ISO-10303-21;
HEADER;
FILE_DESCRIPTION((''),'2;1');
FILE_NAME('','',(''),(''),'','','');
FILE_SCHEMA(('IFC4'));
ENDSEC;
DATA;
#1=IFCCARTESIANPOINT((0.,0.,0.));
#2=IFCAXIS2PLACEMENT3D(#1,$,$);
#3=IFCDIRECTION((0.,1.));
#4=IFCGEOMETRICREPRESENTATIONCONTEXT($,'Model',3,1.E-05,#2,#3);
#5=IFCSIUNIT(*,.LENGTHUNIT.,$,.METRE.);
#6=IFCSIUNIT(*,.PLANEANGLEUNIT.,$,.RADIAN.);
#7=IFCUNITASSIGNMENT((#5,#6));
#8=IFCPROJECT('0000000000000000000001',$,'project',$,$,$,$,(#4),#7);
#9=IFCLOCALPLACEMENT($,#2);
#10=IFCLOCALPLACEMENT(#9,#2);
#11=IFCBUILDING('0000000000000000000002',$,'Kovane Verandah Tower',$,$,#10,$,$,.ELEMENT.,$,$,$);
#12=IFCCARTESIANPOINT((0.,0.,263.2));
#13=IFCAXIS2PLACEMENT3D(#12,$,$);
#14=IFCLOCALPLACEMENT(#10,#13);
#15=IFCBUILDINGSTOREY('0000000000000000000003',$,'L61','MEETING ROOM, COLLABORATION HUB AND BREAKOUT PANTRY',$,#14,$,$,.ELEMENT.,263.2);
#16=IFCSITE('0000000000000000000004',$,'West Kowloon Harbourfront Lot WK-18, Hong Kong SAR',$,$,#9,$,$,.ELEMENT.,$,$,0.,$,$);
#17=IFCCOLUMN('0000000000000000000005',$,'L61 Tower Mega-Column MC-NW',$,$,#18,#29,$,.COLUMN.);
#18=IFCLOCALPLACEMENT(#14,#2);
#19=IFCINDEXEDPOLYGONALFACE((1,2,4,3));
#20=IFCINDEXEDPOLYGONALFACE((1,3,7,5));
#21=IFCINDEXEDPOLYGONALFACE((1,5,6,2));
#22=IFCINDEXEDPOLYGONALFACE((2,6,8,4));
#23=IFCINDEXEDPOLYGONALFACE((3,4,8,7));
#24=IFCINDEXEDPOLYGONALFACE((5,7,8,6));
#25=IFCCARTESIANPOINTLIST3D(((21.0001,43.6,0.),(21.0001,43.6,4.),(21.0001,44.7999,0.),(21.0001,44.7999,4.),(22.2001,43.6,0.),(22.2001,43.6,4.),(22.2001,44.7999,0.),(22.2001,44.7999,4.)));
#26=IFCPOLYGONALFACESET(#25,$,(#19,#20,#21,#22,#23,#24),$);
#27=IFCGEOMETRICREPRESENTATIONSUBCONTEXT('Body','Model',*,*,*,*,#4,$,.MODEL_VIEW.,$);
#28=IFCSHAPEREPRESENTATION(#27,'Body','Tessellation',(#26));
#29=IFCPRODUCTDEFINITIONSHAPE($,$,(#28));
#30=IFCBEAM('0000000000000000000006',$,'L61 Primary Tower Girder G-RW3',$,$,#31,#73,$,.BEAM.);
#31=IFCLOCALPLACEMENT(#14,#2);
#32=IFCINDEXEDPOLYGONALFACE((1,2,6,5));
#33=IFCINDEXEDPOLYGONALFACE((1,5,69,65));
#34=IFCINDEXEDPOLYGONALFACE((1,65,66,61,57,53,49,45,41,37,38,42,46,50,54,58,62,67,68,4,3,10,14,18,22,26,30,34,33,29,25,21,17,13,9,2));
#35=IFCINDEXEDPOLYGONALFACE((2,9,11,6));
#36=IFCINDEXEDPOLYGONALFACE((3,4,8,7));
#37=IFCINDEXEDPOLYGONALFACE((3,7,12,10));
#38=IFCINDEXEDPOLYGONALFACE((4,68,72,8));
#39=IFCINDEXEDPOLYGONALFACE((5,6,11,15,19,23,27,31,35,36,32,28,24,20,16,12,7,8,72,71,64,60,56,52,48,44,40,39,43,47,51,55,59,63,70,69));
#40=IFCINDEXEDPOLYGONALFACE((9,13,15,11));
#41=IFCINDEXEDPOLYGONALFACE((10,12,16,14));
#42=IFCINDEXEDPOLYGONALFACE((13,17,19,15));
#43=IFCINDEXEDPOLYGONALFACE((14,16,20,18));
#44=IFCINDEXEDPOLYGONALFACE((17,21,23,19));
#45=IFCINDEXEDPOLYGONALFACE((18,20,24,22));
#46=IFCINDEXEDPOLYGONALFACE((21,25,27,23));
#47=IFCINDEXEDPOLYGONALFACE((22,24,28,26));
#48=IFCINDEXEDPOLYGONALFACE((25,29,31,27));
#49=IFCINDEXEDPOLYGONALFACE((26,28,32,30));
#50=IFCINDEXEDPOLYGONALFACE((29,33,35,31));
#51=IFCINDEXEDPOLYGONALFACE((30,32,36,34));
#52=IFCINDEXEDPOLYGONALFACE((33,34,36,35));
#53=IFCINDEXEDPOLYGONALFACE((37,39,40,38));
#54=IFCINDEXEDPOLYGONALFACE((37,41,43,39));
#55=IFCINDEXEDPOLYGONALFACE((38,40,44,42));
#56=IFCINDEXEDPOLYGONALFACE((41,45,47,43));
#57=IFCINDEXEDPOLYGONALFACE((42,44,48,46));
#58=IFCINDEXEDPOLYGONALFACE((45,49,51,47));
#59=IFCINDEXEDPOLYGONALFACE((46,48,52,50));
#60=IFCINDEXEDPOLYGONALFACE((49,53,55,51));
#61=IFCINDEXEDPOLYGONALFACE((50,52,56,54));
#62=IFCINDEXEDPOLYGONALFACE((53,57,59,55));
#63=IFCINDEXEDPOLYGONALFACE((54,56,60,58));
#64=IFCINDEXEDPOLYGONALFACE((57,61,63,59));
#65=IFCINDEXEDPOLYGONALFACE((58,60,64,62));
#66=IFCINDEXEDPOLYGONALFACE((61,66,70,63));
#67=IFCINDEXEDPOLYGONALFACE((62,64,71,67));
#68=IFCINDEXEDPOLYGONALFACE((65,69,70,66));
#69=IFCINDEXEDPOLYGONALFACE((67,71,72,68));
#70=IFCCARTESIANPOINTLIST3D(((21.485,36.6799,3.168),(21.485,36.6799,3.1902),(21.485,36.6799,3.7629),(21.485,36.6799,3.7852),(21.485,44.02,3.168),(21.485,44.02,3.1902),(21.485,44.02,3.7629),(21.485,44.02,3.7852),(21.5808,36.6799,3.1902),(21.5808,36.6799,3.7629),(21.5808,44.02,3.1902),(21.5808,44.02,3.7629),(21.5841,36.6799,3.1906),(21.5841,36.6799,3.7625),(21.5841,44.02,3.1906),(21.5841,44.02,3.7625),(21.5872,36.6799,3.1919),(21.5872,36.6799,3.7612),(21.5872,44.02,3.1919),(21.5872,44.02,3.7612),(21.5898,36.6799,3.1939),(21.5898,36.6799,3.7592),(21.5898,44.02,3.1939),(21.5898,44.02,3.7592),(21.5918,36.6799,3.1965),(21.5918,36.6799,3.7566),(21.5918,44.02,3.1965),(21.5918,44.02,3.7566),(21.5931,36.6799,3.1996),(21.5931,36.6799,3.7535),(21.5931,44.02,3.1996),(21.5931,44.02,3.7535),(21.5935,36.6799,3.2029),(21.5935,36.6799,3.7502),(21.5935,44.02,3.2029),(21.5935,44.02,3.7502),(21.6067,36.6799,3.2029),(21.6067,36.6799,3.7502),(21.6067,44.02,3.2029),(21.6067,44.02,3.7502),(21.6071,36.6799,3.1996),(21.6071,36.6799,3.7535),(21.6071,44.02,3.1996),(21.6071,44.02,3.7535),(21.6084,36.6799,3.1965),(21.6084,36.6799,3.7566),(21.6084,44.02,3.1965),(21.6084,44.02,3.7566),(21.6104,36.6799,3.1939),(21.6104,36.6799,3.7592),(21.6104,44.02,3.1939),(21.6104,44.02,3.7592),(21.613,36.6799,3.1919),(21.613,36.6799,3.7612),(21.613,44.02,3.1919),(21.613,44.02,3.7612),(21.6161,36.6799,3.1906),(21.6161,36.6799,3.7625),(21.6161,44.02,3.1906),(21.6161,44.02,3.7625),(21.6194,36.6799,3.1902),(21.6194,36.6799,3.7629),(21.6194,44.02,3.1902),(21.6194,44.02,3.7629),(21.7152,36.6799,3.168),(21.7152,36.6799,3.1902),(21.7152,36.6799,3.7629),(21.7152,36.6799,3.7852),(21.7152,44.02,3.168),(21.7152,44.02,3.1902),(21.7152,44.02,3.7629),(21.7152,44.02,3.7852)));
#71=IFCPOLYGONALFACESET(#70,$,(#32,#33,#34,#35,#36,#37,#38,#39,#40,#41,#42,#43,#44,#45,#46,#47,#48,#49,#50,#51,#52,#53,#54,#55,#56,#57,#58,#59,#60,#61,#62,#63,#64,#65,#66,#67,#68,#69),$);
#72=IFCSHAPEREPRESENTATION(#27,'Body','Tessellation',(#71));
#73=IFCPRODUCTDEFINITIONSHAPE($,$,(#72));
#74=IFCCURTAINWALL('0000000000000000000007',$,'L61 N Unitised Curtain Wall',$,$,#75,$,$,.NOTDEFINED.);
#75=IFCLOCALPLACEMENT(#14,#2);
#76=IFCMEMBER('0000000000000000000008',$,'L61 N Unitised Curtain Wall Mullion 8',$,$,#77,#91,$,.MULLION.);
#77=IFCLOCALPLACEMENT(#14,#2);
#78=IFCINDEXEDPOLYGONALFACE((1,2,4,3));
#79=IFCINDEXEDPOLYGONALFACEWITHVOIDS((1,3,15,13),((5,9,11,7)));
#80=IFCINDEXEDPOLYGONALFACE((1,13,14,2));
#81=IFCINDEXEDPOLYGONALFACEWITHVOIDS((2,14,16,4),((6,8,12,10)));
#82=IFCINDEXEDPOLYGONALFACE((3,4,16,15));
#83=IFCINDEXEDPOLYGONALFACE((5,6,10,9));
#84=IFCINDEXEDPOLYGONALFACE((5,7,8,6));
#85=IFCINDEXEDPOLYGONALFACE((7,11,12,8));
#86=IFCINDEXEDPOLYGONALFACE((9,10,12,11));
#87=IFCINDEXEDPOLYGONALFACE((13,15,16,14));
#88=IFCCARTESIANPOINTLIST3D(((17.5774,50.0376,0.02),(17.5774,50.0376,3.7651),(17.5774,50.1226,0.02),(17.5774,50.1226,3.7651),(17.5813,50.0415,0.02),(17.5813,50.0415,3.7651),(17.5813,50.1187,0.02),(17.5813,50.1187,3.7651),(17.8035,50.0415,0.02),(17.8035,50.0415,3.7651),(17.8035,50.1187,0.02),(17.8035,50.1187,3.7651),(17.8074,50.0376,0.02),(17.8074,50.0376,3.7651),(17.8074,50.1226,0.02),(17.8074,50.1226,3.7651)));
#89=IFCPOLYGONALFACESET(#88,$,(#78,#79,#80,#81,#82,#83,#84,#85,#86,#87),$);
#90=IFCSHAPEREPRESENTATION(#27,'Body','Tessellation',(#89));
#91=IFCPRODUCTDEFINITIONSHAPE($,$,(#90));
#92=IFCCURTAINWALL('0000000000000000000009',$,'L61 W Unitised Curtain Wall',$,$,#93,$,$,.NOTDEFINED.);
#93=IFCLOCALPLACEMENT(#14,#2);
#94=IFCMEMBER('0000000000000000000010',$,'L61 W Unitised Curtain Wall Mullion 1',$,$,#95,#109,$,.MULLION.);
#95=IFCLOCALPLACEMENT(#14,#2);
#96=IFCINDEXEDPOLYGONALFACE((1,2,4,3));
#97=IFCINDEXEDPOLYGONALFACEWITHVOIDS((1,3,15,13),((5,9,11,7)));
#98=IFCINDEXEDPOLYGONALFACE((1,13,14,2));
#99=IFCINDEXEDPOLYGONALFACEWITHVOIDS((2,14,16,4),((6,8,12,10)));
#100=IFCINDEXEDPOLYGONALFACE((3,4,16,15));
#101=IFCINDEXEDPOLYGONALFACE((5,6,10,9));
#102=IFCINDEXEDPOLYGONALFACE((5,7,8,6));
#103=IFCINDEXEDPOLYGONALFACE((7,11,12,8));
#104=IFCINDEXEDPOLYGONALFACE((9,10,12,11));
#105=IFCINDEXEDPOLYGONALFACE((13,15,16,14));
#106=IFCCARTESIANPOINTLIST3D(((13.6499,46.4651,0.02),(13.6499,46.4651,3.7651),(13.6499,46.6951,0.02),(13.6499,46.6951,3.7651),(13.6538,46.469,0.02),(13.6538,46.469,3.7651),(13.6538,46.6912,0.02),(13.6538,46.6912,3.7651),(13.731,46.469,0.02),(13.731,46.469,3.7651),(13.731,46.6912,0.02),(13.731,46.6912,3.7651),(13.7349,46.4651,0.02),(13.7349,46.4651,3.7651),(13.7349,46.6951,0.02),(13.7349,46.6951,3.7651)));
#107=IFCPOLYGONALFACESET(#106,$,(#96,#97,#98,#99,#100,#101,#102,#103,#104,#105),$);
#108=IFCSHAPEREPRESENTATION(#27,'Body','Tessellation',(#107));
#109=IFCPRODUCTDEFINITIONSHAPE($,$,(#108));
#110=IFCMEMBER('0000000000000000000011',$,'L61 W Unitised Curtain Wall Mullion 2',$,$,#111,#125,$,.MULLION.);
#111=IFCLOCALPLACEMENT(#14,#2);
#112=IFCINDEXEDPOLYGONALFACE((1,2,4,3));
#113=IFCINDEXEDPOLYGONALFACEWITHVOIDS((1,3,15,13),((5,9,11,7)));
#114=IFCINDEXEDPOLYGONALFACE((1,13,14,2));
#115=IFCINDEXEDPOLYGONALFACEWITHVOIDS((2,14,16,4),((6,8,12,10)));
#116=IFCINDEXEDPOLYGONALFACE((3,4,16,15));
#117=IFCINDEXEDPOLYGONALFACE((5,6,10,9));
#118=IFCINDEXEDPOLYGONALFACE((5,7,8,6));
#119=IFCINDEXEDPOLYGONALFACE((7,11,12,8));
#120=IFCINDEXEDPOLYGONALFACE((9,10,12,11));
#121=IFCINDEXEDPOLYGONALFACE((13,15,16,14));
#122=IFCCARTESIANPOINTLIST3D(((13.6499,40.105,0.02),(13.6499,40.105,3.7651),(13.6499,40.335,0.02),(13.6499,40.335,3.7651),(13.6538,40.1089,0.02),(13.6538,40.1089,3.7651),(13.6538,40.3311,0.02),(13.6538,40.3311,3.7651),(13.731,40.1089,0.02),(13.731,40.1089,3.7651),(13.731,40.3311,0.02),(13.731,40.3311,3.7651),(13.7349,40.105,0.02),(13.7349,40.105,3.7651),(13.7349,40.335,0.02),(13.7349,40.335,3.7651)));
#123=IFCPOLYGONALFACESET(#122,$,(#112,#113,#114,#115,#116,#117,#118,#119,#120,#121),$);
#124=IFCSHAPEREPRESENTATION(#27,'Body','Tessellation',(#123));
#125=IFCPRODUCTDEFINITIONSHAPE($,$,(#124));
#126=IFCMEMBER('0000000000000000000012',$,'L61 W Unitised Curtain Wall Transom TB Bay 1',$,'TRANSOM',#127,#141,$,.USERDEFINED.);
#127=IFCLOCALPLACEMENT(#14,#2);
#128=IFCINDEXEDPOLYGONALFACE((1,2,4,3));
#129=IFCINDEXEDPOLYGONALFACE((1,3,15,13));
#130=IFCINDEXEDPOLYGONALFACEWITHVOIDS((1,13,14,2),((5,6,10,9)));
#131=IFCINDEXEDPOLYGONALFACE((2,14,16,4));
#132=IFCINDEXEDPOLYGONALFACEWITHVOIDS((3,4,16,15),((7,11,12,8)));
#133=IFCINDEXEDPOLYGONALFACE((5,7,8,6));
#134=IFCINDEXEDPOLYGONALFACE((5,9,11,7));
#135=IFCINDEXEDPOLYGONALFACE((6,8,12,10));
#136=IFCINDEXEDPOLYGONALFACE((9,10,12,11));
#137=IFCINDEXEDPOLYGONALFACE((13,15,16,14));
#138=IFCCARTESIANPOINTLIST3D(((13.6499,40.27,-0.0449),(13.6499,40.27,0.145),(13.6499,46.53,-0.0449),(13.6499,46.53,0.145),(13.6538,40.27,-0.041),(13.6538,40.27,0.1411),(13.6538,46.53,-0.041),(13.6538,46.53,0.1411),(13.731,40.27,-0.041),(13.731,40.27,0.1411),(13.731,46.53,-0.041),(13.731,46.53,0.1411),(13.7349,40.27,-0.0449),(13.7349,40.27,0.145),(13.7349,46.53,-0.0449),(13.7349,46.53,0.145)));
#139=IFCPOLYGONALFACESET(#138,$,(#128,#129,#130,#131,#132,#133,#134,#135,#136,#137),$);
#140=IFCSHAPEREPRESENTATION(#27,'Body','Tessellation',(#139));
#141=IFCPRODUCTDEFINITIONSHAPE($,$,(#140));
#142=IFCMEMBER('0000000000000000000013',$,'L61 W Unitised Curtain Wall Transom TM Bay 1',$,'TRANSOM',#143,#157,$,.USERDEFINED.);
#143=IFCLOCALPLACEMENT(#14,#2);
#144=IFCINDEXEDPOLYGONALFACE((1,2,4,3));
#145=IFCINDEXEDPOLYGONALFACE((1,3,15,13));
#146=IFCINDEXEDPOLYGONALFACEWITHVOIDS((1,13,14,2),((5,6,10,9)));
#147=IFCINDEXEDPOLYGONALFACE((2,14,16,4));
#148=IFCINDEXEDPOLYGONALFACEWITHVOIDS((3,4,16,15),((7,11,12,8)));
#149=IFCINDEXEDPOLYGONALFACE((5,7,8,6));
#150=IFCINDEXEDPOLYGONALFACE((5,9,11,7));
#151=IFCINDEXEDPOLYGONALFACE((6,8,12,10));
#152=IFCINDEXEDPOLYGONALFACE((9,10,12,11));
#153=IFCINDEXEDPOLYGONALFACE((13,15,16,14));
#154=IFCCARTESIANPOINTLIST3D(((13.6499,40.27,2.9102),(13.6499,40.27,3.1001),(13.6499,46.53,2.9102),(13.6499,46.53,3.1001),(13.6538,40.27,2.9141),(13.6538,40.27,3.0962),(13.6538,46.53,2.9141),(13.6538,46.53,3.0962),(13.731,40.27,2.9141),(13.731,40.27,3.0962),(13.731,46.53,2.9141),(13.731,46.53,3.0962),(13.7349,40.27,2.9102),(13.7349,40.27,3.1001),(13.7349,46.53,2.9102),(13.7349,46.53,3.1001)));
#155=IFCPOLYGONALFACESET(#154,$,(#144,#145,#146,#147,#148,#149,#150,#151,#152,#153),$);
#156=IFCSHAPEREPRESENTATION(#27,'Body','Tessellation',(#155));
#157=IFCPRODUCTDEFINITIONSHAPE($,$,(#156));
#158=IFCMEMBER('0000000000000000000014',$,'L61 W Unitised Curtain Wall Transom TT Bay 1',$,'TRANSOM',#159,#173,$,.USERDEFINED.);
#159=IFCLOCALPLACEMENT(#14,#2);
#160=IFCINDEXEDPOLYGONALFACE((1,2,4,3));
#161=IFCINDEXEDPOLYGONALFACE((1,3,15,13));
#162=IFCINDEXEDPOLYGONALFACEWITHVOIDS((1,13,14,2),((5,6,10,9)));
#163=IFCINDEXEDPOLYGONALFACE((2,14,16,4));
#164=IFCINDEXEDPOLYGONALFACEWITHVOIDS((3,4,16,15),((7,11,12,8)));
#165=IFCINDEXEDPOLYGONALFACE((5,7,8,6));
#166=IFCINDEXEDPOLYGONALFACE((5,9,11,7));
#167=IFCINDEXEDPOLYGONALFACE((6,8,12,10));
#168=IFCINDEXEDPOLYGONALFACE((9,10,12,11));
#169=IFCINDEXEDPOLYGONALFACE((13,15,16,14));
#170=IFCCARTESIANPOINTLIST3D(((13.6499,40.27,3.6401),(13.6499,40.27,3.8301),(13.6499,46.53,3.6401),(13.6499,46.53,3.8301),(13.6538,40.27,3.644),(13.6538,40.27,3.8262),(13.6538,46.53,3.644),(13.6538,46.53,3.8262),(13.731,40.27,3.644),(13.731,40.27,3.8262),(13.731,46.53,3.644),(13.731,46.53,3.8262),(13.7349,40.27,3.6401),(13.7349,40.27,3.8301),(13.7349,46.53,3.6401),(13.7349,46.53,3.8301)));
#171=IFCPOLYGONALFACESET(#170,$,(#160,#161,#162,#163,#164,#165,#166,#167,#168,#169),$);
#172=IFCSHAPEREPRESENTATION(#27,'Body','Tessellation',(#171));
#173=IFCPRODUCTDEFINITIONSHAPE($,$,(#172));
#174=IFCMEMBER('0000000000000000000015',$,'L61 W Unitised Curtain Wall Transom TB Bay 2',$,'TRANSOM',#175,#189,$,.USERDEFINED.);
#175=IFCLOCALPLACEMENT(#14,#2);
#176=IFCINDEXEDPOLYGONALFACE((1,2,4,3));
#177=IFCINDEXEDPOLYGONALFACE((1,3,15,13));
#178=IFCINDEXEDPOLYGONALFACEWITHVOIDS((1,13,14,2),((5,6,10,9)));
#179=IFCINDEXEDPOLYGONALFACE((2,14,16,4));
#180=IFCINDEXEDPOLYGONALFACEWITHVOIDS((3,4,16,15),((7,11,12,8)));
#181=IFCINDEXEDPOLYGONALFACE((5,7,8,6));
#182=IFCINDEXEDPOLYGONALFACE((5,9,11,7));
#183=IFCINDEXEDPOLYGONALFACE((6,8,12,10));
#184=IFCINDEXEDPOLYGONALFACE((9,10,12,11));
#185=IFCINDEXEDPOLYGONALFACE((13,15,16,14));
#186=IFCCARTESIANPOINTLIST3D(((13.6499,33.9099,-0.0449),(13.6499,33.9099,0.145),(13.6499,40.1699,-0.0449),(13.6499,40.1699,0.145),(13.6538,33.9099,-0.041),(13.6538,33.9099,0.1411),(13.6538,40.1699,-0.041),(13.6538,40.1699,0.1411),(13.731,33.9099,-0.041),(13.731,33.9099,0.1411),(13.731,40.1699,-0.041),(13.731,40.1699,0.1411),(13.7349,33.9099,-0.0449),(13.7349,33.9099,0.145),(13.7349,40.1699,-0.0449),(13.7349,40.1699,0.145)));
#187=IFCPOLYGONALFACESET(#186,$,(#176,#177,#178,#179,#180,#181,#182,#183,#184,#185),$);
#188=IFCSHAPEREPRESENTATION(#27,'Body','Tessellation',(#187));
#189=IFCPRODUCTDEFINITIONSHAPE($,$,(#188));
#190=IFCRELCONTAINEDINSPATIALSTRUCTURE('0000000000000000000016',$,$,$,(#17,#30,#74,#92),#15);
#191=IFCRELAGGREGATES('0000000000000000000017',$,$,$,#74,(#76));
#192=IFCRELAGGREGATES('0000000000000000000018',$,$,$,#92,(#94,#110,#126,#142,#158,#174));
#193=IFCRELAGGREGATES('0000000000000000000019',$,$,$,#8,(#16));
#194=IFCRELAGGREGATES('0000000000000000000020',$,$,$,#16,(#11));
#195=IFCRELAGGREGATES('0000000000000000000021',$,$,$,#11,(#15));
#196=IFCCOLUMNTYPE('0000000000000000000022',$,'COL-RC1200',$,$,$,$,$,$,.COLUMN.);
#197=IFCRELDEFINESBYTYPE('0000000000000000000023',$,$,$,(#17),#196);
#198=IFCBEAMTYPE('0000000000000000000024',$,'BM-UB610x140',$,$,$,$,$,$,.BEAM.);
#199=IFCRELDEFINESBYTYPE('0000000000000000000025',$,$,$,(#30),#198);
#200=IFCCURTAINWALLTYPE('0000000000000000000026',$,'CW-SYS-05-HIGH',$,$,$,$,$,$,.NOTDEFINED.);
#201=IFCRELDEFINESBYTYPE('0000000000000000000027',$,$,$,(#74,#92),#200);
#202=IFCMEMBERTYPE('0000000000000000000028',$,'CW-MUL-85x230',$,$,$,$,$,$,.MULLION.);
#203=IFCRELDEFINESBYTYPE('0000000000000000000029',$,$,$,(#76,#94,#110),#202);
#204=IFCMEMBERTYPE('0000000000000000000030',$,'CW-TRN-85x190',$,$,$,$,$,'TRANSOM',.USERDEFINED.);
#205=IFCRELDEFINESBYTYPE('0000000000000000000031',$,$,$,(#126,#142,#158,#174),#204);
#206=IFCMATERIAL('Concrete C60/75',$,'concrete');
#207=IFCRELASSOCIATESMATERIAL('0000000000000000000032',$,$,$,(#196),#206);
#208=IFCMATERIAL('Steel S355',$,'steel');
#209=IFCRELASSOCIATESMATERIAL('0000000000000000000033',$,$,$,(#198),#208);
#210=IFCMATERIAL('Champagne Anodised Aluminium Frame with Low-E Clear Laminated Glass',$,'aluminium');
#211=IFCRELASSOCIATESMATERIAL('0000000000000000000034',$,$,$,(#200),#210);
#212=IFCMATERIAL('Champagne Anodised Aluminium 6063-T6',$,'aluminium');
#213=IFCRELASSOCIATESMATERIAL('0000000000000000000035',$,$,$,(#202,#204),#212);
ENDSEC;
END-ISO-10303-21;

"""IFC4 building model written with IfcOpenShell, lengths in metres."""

from ifc_helpers import new_model, si_unit, direction, frame, origin, origin_2d, place, context, subcontext, project, spatial, rectangle, hollow_rectangle, i_section, extrude, material, material_profile, profile_set, type_object, element, aggregate, save


model = new_model("IFC4")

# Units and contexts
model_context = context("Model", 3, precision=1e-05, world=origin(), true_north=direction((0.0, 1.0)))
body_context = subcontext(model_context, "Body", "Model", "MODEL_VIEW")
ifc_project = project(units=[si_unit("LENGTHUNIT", "METRE"), si_unit("PLANEANGLEUNIT", "RADIAN")], contexts=[model_context])

# Site, building, storey
site_placement = place(None, origin())
site = spatial("IfcSite", under=ifc_project, at=site_placement, Name="West Kowloon Harbourfront Lot WK-18, Hong Kong SAR", CompositionType="ELEMENT", RefElevation=0.0)
building_placement = place(site_placement, origin())
building = spatial("IfcBuilding", under=site, at=building_placement, Name="Kovane Verandah Tower", CompositionType="ELEMENT")
storey_placement = place(building_placement, frame((0.0, 0.0, 263.2)))
storey = spatial("IfcBuildingStorey", under=building, at=storey_placement, Name="L61", Description="MEETING ROOM, COLLABORATION HUB AND BREAKOUT PANTRY", CompositionType="ELEMENT", Elevation=263.2)

# Column
ifc_material_1 = material(Name="Concrete C60/75", Category="concrete")
ifc_material_profile_1 = material_profile(ifc_material_1, rectangle(XDim=1.2, YDim=1.2, at=origin_2d()), Name="RC1200x1200")
ifc_profile_set_1 = profile_set([ifc_material_profile_1], Name="Concrete C60/75")
column_type = type_object("IfcColumnType", Name="COL-RC1200", PredefinedType="COLUMN", material=ifc_profile_set_1)
column_placement = place(storey_placement, frame((21.6001, 44.2, 0.0), z_axis=(0.0, 0.0, 1.0), x_axis=(1.0, 0.0, 0.0)))
element("IfcColumn", 1, at=column_placement, inside=storey, type_object=column_type, Name="L61 Tower Mega-Column MC-NW", PredefinedType="COLUMN", context=body_context, shape_type="SweptSolid", body=[
    extrude(rectangle(XDim=1.2, YDim=1.2, at=origin_2d()), origin(), (0.0, 0.0, 1.0), 4.0),
])

# Beam
ifc_material_2 = material(Name="Steel S355", Category="steel")
ifc_material_profile_2 = material_profile(ifc_material_2, i_section(OverallWidth=0.2302, OverallDepth=0.6172, WebThickness=0.0132, FlangeThickness=0.0222, FilletRadius=0.0127, at=origin_2d()), Name="UB610x229x140")
ifc_profile_set_2 = profile_set([ifc_material_profile_2], Name="Steel S355")
beam_type = type_object("IfcBeamType", Name="BM-UB610x140", PredefinedType="BEAM", material=ifc_profile_set_2)
beam_placement = place(storey_placement, frame((21.6001, 36.6799, 3.4766), z_axis=(0.0, 1.0, 0.0), x_axis=(-1.0, 0.0, 0.0)))
element("IfcBeam", 2, at=beam_placement, inside=storey, type_object=beam_type, Name="L61 Primary Tower Girder G-RW3", PredefinedType="BEAM", context=body_context, shape_type="SweptSolid", body=[
    extrude(i_section(OverallWidth=0.2302, OverallDepth=0.6172, WebThickness=0.0132, FlangeThickness=0.0222, FilletRadius=0.0127, at=origin_2d()), origin(), (0.0, 0.0, 1.0), 7.3401),
])

# Curtain wall, member
ifc_material_3 = material(Name="Champagne Anodised Aluminium Frame with Low-E Clear Laminated Glass", Category="aluminium")
curtain_wall_type = type_object("IfcCurtainWallType", Name="CW-SYS-05-HIGH", PredefinedType="NOTDEFINED", material=ifc_material_3)
curtain_wall_1_placement = place(storey_placement, origin())
curtain_wall_1 = element("IfcCurtainWall", 3, at=curtain_wall_1_placement, inside=storey, type_object=curtain_wall_type, Name="L61 N Unitised Curtain Wall", PredefinedType="NOTDEFINED")
ifc_material_4 = material(Name="Champagne Anodised Aluminium 6063-T6", Category="aluminium")
ifc_material_profile_3 = material_profile(ifc_material_4, hollow_rectangle(XDim=0.085, YDim=0.23, WallThickness=0.0039, at=origin_2d()), Name="AL85x230x4")
ifc_profile_set_3 = profile_set([ifc_material_profile_3], Name="Champagne Anodised Aluminium 6063-T6")
member_type_1 = type_object("IfcMemberType", Name="CW-MUL-85x230", PredefinedType="MULLION", material=ifc_profile_set_3)
member_1_placement = place(storey_placement, frame((17.6924, 50.0801, 0.02), z_axis=(0.0, 0.0, 1.0), x_axis=(0.0, 1.0, 0.0)))
member_1 = element("IfcMember", 4, at=member_1_placement, type_object=member_type_1, Name="L61 N Unitised Curtain Wall Mullion 8", PredefinedType="MULLION", context=body_context, shape_type="SweptSolid", body=[
    extrude(hollow_rectangle(XDim=0.085, YDim=0.23, WallThickness=0.0039, at=origin_2d()), origin(), (0.0, 0.0, 1.0), 3.7451),
])

# Curtain wall, members
curtain_wall_2_placement = place(storey_placement, origin())
curtain_wall_2 = element("IfcCurtainWall", 5, at=curtain_wall_2_placement, inside=storey, type_object=curtain_wall_type, Name="L61 W Unitised Curtain Wall", PredefinedType="NOTDEFINED")
member_2_placement = place(storey_placement, frame((13.6924, 46.5801, 0.02), z_axis=(0.0, 0.0, 1.0), x_axis=(-1.0, 0.0, 0.0)))
member_2 = element("IfcMember", 6, at=member_2_placement, type_object=member_type_1, Name="L61 W Unitised Curtain Wall Mullion 1", PredefinedType="MULLION", context=body_context, shape_type="SweptSolid", body=[
    extrude(hollow_rectangle(XDim=0.085, YDim=0.23, WallThickness=0.0039, at=origin_2d()), origin(), (0.0, 0.0, 1.0), 3.7451),
])
member_3_placement = place(storey_placement, frame((13.6924, 40.22, 0.02), z_axis=(0.0, 0.0, 1.0), x_axis=(-1.0, 0.0, 0.0)))
member_3 = element("IfcMember", 7, at=member_3_placement, type_object=member_type_1, Name="L61 W Unitised Curtain Wall Mullion 2", PredefinedType="MULLION", context=body_context, shape_type="SweptSolid", body=[
    extrude(hollow_rectangle(XDim=0.085, YDim=0.23, WallThickness=0.0039, at=origin_2d()), origin(), (0.0, 0.0, 1.0), 3.7451),
])
ifc_material_profile_4 = material_profile(ifc_material_4, hollow_rectangle(XDim=0.085, YDim=0.1899, WallThickness=0.0039, at=origin_2d()), Name="AL85x190x4")
ifc_profile_set_4 = profile_set([ifc_material_profile_4], Name="Champagne Anodised Aluminium 6063-T6")
member_type_2 = type_object("IfcMemberType", Name="CW-TRN-85x190", ElementType="TRANSOM", PredefinedType="USERDEFINED", material=ifc_profile_set_4)
member_4_placement = place(storey_placement, frame((13.6924, 46.53, 0.05), z_axis=(0.0, -1.0, 0.0), x_axis=(1.0, 0.0, 0.0)))
member_4 = element("IfcMember", 8, at=member_4_placement, type_object=member_type_2, Name="L61 W Unitised Curtain Wall Transom TB Bay 1", ObjectType="TRANSOM", PredefinedType="USERDEFINED", context=body_context, shape_type="SweptSolid", body=[
    extrude(hollow_rectangle(XDim=0.085, YDim=0.1899, WallThickness=0.0039, at=origin_2d()), origin(), (0.0, 0.0, 1.0), 6.26),
])
member_5_placement = place(storey_placement, frame((13.6924, 46.53, 3.0051), z_axis=(0.0, -1.0, 0.0), x_axis=(1.0, 0.0, 0.0)))
member_5 = element("IfcMember", 9, at=member_5_placement, type_object=member_type_2, Name="L61 W Unitised Curtain Wall Transom TM Bay 1", ObjectType="TRANSOM", PredefinedType="USERDEFINED", context=body_context, shape_type="SweptSolid", body=[
    extrude(hollow_rectangle(XDim=0.085, YDim=0.1899, WallThickness=0.0039, at=origin_2d()), origin(), (0.0, 0.0, 1.0), 6.26),
])
member_6_placement = place(storey_placement, frame((13.6924, 46.53, 3.7351), z_axis=(0.0, -1.0, 0.0), x_axis=(1.0, 0.0, 0.0)))
member_6 = element("IfcMember", 10, at=member_6_placement, type_object=member_type_2, Name="L61 W Unitised Curtain Wall Transom TT Bay 1", ObjectType="TRANSOM", PredefinedType="USERDEFINED", context=body_context, shape_type="SweptSolid", body=[
    extrude(hollow_rectangle(XDim=0.085, YDim=0.1899, WallThickness=0.0039, at=origin_2d()), origin(), (0.0, 0.0, 1.0), 6.26),
])
member_7_placement = place(storey_placement, frame((13.6924, 40.1699, 0.05), z_axis=(0.0, -1.0, 0.0), x_axis=(1.0, 0.0, 0.0)))
member_7 = element("IfcMember", 11, at=member_7_placement, type_object=member_type_2, Name="L61 W Unitised Curtain Wall Transom TB Bay 2", ObjectType="TRANSOM", PredefinedType="USERDEFINED", context=body_context, shape_type="SweptSolid", body=[
    extrude(hollow_rectangle(XDim=0.085, YDim=0.1899, WallThickness=0.0039, at=origin_2d()), origin(), (0.0, 0.0, 1.0), 6.26),
])

aggregate(curtain_wall_1, [member_1])
aggregate(curtain_wall_2, [member_2, member_3, member_4, member_5, member_6, member_7])

save(model, "model.ifc")
